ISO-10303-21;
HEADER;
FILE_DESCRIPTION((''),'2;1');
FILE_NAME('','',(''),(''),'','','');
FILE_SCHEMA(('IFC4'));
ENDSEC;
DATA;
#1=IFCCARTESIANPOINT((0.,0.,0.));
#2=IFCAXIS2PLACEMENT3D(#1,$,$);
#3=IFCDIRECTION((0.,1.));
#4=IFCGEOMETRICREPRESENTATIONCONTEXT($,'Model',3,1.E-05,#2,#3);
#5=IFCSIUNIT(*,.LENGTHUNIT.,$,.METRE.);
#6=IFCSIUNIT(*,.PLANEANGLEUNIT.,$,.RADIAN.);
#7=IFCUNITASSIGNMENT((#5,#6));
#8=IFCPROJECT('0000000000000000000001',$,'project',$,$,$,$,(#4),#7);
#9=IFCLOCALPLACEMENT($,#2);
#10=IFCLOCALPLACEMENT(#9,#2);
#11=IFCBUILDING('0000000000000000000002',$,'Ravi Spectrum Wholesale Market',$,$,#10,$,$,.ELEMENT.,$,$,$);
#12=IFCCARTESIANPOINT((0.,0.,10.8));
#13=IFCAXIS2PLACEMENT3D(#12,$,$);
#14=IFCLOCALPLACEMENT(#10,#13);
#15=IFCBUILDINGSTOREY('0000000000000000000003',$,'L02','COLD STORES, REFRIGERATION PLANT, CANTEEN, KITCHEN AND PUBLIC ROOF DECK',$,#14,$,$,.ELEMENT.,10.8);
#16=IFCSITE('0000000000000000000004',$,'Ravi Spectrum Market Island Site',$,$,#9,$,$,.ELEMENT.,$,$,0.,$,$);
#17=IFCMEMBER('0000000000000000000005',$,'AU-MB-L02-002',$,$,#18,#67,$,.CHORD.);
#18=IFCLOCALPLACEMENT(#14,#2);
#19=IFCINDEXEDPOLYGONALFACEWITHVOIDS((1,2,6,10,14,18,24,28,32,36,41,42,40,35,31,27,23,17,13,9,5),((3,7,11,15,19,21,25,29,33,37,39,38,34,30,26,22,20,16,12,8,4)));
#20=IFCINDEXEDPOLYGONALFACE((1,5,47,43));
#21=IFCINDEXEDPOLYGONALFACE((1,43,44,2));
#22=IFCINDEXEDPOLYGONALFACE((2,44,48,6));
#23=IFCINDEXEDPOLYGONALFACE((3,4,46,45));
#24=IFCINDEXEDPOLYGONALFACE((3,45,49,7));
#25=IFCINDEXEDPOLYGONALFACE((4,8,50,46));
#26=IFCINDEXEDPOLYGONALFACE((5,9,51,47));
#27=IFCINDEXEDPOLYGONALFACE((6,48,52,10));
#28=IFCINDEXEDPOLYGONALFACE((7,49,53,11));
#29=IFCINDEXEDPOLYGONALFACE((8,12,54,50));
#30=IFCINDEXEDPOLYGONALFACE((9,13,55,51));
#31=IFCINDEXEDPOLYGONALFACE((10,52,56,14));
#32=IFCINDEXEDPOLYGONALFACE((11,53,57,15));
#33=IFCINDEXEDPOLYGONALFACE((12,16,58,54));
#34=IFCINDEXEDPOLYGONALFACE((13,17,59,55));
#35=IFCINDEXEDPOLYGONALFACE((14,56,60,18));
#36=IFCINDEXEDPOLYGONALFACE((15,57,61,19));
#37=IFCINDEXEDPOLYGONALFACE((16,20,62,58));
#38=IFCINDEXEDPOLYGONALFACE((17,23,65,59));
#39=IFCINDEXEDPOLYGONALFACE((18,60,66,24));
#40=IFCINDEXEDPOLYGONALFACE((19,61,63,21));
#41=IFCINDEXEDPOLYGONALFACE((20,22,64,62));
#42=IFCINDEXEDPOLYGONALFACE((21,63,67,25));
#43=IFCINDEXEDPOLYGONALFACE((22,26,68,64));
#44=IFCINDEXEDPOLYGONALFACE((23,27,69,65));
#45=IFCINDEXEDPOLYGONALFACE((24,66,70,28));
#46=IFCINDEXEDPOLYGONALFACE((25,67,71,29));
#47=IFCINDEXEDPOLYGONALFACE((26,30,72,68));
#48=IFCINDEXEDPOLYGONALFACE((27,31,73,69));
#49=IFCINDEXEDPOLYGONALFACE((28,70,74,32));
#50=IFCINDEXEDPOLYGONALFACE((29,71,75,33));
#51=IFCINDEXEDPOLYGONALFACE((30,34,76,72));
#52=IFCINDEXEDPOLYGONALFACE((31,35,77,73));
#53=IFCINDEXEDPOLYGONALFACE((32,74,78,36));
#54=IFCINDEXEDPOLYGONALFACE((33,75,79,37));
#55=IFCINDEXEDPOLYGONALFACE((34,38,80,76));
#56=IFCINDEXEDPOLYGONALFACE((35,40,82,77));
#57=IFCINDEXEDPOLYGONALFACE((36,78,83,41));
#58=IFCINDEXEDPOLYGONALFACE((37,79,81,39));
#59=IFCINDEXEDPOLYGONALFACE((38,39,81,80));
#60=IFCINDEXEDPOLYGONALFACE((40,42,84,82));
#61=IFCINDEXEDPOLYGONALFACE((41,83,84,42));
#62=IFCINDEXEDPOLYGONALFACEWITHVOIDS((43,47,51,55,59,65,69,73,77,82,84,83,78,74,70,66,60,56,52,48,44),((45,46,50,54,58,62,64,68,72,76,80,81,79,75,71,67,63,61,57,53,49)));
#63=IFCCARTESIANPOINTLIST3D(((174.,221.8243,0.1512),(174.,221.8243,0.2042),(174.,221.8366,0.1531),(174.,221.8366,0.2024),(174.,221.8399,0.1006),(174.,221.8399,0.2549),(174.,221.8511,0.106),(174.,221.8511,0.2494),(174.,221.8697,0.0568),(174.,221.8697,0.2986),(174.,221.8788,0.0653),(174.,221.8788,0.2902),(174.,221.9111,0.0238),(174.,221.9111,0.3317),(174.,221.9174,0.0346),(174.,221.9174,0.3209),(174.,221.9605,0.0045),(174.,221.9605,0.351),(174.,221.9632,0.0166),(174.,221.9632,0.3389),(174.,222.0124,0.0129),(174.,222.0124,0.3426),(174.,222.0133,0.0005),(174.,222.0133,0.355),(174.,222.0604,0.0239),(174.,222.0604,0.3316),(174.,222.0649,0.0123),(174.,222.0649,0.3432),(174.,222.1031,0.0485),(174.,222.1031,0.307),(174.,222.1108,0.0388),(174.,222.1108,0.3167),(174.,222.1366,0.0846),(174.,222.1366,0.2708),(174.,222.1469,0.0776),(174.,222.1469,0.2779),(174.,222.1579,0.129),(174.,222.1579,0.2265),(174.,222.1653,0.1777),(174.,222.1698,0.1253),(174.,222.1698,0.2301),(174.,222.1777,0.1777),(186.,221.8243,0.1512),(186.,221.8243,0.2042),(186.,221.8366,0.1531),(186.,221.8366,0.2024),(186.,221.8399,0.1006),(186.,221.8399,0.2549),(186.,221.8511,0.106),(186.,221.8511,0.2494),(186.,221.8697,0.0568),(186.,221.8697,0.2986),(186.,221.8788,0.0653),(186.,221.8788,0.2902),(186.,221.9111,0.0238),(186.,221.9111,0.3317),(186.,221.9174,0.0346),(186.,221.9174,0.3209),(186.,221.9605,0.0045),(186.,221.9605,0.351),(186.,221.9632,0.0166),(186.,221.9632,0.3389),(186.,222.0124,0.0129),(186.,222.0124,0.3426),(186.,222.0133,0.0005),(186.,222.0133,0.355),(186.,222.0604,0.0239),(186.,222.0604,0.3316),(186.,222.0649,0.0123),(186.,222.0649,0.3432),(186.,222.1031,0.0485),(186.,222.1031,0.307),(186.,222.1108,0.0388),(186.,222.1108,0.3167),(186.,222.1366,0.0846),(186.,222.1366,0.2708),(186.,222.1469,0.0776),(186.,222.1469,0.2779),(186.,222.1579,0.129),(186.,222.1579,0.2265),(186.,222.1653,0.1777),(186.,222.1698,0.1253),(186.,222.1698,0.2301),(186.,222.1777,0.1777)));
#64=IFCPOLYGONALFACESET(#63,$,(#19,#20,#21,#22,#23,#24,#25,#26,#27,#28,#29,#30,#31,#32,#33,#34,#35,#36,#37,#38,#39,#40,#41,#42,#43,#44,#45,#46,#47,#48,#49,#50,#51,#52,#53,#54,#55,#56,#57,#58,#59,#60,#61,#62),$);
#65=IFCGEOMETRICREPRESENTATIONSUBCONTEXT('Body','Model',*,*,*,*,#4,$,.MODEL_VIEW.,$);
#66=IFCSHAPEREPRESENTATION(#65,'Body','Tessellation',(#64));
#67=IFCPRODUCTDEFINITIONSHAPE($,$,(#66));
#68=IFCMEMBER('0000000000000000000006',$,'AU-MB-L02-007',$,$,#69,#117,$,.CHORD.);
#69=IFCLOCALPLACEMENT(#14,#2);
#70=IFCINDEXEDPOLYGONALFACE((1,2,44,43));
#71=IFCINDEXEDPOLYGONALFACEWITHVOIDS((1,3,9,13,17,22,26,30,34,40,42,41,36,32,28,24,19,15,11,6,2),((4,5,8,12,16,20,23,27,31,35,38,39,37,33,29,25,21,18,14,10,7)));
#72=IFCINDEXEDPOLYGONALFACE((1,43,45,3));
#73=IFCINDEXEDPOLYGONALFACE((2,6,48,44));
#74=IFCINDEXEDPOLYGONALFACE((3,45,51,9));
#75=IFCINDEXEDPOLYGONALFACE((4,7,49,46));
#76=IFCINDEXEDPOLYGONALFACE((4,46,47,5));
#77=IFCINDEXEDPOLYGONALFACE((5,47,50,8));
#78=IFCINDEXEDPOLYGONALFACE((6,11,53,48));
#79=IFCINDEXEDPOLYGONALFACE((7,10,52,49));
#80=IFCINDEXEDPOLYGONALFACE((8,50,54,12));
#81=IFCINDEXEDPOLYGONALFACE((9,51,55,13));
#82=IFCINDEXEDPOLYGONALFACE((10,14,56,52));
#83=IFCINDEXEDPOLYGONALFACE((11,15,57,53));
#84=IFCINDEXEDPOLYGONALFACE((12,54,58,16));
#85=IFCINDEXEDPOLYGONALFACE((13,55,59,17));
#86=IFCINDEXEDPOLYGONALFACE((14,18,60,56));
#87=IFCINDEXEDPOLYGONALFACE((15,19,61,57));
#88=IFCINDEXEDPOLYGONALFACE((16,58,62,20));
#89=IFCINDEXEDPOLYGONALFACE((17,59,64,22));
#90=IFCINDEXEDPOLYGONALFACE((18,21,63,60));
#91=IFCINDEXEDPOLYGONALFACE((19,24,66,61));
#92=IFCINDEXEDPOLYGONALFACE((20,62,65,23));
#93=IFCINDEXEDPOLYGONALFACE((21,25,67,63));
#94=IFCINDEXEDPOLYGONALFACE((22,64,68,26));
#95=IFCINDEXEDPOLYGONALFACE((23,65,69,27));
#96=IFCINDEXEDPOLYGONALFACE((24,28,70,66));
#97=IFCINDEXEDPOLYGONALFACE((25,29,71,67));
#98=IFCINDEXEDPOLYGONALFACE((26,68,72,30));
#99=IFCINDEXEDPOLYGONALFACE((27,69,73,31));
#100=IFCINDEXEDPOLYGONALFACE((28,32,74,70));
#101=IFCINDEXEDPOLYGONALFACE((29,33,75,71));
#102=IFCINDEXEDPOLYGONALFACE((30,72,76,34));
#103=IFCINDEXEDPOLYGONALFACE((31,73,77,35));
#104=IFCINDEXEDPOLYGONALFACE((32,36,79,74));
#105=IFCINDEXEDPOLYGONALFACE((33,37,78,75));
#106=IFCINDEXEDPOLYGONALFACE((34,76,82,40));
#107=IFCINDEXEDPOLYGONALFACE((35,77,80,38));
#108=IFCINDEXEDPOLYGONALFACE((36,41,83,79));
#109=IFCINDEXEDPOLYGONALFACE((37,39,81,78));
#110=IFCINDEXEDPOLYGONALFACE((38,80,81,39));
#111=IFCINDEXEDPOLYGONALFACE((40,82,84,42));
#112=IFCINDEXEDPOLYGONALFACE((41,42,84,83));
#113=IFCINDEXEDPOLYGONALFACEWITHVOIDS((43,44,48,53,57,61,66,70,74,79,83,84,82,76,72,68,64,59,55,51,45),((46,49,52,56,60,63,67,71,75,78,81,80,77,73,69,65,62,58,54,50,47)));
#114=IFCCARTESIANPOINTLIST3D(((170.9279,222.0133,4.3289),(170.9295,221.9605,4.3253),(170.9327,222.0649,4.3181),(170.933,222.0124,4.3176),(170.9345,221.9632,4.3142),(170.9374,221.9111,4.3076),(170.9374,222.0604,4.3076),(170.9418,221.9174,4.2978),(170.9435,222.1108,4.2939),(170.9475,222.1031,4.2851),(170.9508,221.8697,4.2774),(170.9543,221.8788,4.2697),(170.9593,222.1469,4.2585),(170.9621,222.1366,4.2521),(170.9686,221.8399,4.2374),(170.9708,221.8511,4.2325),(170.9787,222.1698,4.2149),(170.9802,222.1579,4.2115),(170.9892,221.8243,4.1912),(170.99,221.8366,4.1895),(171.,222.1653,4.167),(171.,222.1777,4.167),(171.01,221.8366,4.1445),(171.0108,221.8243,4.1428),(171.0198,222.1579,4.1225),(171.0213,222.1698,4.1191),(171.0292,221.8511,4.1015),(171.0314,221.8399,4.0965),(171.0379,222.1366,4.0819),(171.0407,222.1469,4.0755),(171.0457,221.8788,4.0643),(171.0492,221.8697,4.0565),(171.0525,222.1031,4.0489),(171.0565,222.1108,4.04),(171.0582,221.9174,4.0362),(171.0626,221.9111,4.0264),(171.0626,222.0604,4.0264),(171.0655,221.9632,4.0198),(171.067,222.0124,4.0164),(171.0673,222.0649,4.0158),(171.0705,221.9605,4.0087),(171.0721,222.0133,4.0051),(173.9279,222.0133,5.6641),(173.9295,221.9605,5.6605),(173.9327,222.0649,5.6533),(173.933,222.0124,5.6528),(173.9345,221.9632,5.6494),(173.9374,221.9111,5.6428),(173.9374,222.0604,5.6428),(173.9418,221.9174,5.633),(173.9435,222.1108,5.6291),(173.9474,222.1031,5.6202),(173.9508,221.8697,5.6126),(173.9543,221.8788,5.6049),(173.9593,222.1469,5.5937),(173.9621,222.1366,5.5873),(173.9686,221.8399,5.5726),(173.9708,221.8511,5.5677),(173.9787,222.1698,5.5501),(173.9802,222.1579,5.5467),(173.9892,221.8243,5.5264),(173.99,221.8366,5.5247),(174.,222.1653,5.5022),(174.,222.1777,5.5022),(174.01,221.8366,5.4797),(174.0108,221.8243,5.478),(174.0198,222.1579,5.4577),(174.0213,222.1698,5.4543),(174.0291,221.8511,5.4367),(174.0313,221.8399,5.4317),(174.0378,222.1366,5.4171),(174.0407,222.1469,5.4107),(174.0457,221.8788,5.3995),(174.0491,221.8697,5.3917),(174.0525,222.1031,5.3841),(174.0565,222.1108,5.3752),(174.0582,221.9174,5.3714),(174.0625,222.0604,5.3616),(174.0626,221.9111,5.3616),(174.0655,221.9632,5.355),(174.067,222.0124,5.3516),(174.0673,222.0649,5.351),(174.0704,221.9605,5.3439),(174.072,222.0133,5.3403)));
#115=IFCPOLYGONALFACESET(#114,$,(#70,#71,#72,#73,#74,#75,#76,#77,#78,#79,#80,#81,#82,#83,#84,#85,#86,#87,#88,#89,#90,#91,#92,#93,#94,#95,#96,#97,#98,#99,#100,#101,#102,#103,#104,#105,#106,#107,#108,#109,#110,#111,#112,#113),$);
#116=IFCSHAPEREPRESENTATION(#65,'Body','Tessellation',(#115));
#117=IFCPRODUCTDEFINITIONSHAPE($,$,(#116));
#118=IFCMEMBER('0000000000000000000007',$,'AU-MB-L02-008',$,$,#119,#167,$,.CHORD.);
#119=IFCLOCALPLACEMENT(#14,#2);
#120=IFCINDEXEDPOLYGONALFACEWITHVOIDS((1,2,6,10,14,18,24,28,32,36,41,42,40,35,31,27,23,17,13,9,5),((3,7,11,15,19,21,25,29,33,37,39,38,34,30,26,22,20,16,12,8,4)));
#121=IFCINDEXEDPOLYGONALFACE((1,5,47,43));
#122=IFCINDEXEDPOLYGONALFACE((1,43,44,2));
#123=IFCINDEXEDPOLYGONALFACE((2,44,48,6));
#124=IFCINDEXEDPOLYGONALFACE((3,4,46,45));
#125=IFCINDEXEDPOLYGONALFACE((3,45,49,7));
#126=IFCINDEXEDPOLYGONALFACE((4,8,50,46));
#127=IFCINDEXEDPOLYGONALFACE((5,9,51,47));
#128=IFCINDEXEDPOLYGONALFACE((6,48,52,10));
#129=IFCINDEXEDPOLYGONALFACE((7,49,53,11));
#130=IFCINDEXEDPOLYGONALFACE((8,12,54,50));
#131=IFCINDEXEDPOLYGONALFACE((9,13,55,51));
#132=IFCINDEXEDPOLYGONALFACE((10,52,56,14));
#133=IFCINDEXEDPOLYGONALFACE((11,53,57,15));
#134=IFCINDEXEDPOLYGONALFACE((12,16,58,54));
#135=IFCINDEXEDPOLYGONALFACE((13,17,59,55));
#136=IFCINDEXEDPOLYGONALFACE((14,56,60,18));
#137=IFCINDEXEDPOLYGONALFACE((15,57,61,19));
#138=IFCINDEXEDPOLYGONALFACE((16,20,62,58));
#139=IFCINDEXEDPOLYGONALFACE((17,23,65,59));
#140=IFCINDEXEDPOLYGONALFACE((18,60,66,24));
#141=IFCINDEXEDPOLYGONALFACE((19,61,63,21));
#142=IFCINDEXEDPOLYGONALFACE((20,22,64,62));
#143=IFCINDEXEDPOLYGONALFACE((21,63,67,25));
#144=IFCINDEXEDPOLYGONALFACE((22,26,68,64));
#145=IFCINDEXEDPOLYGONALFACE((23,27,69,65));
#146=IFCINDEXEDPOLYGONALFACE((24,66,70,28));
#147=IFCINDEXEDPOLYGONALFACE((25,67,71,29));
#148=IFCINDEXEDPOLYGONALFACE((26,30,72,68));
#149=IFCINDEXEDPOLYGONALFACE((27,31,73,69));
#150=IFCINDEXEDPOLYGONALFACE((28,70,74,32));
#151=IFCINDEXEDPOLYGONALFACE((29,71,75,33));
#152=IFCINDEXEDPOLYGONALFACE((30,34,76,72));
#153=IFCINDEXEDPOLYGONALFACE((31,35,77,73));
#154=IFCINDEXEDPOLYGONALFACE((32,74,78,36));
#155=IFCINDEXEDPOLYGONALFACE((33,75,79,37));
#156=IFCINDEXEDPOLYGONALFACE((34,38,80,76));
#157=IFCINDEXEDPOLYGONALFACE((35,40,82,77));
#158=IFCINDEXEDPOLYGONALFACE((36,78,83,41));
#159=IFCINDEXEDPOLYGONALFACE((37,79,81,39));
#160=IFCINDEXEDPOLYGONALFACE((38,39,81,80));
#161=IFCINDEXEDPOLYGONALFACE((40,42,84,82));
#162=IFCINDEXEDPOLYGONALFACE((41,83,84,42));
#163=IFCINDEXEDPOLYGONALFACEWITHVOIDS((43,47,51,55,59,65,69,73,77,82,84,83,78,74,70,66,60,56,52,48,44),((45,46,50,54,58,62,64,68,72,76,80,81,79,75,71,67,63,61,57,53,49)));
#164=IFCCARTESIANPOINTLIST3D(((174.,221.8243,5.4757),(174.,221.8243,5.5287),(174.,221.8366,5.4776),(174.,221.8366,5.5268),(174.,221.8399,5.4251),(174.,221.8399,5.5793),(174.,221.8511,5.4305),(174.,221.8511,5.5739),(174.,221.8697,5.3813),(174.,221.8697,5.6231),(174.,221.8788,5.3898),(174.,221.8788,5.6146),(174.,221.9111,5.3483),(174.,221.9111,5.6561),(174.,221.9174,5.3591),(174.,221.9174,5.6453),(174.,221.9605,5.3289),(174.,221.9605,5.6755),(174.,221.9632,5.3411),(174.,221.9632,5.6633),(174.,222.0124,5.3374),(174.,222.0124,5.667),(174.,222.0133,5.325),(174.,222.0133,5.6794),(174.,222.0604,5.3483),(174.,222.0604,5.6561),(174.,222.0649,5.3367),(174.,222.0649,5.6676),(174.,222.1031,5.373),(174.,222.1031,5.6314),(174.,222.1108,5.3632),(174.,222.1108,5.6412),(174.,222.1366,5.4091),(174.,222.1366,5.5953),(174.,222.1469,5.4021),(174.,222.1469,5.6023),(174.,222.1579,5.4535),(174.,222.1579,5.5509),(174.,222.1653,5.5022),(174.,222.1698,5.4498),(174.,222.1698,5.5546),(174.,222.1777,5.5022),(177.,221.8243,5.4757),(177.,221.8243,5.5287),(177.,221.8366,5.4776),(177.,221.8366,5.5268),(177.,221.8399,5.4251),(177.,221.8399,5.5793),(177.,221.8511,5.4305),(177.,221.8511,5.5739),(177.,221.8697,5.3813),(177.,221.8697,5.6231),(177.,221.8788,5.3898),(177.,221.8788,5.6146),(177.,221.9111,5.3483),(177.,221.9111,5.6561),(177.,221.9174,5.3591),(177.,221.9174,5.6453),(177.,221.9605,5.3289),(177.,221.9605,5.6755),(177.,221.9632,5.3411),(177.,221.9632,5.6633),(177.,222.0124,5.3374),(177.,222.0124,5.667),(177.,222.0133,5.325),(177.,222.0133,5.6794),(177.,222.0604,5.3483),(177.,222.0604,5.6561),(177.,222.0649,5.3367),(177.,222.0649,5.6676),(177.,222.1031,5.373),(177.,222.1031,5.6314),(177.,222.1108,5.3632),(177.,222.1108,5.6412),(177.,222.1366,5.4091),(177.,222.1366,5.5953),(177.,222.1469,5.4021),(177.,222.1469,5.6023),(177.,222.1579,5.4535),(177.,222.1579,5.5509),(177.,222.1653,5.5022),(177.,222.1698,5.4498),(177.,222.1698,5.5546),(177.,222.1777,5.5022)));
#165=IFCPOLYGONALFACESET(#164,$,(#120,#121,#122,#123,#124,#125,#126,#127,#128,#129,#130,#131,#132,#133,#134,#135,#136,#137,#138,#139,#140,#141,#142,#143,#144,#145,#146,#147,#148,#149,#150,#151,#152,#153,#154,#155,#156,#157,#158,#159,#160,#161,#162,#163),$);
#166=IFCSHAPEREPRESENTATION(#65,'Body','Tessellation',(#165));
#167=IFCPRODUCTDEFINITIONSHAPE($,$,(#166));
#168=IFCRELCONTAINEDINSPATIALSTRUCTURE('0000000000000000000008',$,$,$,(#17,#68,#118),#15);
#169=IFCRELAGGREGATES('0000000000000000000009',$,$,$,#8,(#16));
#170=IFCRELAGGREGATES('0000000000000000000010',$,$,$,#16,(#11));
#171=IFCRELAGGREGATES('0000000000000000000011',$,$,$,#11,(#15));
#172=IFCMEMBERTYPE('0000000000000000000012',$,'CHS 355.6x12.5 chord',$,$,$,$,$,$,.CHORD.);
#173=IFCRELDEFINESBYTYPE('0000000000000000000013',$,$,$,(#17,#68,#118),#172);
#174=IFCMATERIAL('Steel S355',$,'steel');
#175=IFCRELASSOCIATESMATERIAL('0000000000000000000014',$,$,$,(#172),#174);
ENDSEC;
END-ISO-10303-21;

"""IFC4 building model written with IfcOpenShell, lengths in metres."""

from ifc_helpers import new_model, si_unit, direction, frame, origin, origin_2d, place, context, subcontext, project, spatial, hollow_circle, extrude, material, material_profile, profile_set, type_object, element, save


model = new_model("IFC4")

# Units and contexts
model_context = context("Model", 3, precision=1e-05, world=origin(), true_north=direction((0.0, 1.0)))
body_context = subcontext(model_context, "Body", "Model", "MODEL_VIEW")
ifc_project = project(units=[si_unit("LENGTHUNIT", "METRE"), si_unit("PLANEANGLEUNIT", "RADIAN")], contexts=[model_context])

# Site, building, storey
site_placement = place(None, origin())
site = spatial("IfcSite", under=ifc_project, at=site_placement, Name="Ravi Spectrum Market Island Site", CompositionType="ELEMENT", RefElevation=0.0)
building_placement = place(site_placement, origin())
building = spatial("IfcBuilding", under=site, at=building_placement, Name="Ravi Spectrum Wholesale Market", CompositionType="ELEMENT")
storey_placement = place(building_placement, frame((0.0, 0.0, 10.8)))
storey = spatial("IfcBuildingStorey", under=building, at=storey_placement, Name="L02", Description="COLD STORES, REFRIGERATION PLANT, CANTEEN, KITCHEN AND PUBLIC ROOF DECK", CompositionType="ELEMENT", Elevation=10.8)

# Members
ifc_material_1 = material(Name="Steel S355", Category="steel")
ifc_material_profile_1 = material_profile(ifc_material_1, hollow_circle(Radius=0.1777, WallThickness=0.0125, at=origin_2d()))
ifc_profile_set_1 = profile_set([ifc_material_profile_1], Name="Steel S355")
member_type_1 = type_object("IfcMemberType", Name="CHS 355.6x12.5 chord", PredefinedType="CHORD", material=ifc_profile_set_1)
member_1_placement = place(storey_placement, frame((174.0, 222.0, 0.1777), z_axis=(1.0, 0.0, 0.0), x_axis=(0.0, 1.0, 0.0)))
element("IfcMember", 1, at=member_1_placement, inside=storey, type_object=member_type_1, Name="AU-MB-L02-002", PredefinedType="CHORD", context=body_context, shape_type="SweptSolid", body=[
    extrude(hollow_circle(Radius=0.1777, WallThickness=0.0125, at=origin_2d()), origin(), (0.0, 0.0, 1.0), 12.0),
])
member_2_placement = place(storey_placement, frame((171.0, 222.0, 4.167), z_axis=(0.9136, 0.0, 0.406614), x_axis=(0.0, 1.0, 0.0)))
element("IfcMember", 2, at=member_2_placement, inside=storey, type_object=member_type_1, Name="AU-MB-L02-007", PredefinedType="CHORD", context=body_context, shape_type="SweptSolid", body=[
    extrude(hollow_circle(Radius=0.1777, WallThickness=0.0125, at=origin_2d()), origin(), (0.0, 0.0, 1.0), 3.2837),
])
for number, where, z_axis, x_axis, name in (
    (3, (174.0, 222.0, 5.5022), (1.0, 0.0, 0.0), (0.0, 1.0, 0.0), "AU-MB-L02-008"),
):
    element("IfcMember", number, at=place(storey_placement, frame(where, z_axis=z_axis, x_axis=x_axis)), inside=storey, type_object=member_type_1, Name=name, PredefinedType="CHORD", context=body_context, shape_type="SweptSolid", body=[
        extrude(hollow_circle(Radius=0.1777, WallThickness=0.0125, at=origin_2d()), origin(), (0.0, 0.0, 1.0), 3.0),
    ])

save(model, "model.ifc")
